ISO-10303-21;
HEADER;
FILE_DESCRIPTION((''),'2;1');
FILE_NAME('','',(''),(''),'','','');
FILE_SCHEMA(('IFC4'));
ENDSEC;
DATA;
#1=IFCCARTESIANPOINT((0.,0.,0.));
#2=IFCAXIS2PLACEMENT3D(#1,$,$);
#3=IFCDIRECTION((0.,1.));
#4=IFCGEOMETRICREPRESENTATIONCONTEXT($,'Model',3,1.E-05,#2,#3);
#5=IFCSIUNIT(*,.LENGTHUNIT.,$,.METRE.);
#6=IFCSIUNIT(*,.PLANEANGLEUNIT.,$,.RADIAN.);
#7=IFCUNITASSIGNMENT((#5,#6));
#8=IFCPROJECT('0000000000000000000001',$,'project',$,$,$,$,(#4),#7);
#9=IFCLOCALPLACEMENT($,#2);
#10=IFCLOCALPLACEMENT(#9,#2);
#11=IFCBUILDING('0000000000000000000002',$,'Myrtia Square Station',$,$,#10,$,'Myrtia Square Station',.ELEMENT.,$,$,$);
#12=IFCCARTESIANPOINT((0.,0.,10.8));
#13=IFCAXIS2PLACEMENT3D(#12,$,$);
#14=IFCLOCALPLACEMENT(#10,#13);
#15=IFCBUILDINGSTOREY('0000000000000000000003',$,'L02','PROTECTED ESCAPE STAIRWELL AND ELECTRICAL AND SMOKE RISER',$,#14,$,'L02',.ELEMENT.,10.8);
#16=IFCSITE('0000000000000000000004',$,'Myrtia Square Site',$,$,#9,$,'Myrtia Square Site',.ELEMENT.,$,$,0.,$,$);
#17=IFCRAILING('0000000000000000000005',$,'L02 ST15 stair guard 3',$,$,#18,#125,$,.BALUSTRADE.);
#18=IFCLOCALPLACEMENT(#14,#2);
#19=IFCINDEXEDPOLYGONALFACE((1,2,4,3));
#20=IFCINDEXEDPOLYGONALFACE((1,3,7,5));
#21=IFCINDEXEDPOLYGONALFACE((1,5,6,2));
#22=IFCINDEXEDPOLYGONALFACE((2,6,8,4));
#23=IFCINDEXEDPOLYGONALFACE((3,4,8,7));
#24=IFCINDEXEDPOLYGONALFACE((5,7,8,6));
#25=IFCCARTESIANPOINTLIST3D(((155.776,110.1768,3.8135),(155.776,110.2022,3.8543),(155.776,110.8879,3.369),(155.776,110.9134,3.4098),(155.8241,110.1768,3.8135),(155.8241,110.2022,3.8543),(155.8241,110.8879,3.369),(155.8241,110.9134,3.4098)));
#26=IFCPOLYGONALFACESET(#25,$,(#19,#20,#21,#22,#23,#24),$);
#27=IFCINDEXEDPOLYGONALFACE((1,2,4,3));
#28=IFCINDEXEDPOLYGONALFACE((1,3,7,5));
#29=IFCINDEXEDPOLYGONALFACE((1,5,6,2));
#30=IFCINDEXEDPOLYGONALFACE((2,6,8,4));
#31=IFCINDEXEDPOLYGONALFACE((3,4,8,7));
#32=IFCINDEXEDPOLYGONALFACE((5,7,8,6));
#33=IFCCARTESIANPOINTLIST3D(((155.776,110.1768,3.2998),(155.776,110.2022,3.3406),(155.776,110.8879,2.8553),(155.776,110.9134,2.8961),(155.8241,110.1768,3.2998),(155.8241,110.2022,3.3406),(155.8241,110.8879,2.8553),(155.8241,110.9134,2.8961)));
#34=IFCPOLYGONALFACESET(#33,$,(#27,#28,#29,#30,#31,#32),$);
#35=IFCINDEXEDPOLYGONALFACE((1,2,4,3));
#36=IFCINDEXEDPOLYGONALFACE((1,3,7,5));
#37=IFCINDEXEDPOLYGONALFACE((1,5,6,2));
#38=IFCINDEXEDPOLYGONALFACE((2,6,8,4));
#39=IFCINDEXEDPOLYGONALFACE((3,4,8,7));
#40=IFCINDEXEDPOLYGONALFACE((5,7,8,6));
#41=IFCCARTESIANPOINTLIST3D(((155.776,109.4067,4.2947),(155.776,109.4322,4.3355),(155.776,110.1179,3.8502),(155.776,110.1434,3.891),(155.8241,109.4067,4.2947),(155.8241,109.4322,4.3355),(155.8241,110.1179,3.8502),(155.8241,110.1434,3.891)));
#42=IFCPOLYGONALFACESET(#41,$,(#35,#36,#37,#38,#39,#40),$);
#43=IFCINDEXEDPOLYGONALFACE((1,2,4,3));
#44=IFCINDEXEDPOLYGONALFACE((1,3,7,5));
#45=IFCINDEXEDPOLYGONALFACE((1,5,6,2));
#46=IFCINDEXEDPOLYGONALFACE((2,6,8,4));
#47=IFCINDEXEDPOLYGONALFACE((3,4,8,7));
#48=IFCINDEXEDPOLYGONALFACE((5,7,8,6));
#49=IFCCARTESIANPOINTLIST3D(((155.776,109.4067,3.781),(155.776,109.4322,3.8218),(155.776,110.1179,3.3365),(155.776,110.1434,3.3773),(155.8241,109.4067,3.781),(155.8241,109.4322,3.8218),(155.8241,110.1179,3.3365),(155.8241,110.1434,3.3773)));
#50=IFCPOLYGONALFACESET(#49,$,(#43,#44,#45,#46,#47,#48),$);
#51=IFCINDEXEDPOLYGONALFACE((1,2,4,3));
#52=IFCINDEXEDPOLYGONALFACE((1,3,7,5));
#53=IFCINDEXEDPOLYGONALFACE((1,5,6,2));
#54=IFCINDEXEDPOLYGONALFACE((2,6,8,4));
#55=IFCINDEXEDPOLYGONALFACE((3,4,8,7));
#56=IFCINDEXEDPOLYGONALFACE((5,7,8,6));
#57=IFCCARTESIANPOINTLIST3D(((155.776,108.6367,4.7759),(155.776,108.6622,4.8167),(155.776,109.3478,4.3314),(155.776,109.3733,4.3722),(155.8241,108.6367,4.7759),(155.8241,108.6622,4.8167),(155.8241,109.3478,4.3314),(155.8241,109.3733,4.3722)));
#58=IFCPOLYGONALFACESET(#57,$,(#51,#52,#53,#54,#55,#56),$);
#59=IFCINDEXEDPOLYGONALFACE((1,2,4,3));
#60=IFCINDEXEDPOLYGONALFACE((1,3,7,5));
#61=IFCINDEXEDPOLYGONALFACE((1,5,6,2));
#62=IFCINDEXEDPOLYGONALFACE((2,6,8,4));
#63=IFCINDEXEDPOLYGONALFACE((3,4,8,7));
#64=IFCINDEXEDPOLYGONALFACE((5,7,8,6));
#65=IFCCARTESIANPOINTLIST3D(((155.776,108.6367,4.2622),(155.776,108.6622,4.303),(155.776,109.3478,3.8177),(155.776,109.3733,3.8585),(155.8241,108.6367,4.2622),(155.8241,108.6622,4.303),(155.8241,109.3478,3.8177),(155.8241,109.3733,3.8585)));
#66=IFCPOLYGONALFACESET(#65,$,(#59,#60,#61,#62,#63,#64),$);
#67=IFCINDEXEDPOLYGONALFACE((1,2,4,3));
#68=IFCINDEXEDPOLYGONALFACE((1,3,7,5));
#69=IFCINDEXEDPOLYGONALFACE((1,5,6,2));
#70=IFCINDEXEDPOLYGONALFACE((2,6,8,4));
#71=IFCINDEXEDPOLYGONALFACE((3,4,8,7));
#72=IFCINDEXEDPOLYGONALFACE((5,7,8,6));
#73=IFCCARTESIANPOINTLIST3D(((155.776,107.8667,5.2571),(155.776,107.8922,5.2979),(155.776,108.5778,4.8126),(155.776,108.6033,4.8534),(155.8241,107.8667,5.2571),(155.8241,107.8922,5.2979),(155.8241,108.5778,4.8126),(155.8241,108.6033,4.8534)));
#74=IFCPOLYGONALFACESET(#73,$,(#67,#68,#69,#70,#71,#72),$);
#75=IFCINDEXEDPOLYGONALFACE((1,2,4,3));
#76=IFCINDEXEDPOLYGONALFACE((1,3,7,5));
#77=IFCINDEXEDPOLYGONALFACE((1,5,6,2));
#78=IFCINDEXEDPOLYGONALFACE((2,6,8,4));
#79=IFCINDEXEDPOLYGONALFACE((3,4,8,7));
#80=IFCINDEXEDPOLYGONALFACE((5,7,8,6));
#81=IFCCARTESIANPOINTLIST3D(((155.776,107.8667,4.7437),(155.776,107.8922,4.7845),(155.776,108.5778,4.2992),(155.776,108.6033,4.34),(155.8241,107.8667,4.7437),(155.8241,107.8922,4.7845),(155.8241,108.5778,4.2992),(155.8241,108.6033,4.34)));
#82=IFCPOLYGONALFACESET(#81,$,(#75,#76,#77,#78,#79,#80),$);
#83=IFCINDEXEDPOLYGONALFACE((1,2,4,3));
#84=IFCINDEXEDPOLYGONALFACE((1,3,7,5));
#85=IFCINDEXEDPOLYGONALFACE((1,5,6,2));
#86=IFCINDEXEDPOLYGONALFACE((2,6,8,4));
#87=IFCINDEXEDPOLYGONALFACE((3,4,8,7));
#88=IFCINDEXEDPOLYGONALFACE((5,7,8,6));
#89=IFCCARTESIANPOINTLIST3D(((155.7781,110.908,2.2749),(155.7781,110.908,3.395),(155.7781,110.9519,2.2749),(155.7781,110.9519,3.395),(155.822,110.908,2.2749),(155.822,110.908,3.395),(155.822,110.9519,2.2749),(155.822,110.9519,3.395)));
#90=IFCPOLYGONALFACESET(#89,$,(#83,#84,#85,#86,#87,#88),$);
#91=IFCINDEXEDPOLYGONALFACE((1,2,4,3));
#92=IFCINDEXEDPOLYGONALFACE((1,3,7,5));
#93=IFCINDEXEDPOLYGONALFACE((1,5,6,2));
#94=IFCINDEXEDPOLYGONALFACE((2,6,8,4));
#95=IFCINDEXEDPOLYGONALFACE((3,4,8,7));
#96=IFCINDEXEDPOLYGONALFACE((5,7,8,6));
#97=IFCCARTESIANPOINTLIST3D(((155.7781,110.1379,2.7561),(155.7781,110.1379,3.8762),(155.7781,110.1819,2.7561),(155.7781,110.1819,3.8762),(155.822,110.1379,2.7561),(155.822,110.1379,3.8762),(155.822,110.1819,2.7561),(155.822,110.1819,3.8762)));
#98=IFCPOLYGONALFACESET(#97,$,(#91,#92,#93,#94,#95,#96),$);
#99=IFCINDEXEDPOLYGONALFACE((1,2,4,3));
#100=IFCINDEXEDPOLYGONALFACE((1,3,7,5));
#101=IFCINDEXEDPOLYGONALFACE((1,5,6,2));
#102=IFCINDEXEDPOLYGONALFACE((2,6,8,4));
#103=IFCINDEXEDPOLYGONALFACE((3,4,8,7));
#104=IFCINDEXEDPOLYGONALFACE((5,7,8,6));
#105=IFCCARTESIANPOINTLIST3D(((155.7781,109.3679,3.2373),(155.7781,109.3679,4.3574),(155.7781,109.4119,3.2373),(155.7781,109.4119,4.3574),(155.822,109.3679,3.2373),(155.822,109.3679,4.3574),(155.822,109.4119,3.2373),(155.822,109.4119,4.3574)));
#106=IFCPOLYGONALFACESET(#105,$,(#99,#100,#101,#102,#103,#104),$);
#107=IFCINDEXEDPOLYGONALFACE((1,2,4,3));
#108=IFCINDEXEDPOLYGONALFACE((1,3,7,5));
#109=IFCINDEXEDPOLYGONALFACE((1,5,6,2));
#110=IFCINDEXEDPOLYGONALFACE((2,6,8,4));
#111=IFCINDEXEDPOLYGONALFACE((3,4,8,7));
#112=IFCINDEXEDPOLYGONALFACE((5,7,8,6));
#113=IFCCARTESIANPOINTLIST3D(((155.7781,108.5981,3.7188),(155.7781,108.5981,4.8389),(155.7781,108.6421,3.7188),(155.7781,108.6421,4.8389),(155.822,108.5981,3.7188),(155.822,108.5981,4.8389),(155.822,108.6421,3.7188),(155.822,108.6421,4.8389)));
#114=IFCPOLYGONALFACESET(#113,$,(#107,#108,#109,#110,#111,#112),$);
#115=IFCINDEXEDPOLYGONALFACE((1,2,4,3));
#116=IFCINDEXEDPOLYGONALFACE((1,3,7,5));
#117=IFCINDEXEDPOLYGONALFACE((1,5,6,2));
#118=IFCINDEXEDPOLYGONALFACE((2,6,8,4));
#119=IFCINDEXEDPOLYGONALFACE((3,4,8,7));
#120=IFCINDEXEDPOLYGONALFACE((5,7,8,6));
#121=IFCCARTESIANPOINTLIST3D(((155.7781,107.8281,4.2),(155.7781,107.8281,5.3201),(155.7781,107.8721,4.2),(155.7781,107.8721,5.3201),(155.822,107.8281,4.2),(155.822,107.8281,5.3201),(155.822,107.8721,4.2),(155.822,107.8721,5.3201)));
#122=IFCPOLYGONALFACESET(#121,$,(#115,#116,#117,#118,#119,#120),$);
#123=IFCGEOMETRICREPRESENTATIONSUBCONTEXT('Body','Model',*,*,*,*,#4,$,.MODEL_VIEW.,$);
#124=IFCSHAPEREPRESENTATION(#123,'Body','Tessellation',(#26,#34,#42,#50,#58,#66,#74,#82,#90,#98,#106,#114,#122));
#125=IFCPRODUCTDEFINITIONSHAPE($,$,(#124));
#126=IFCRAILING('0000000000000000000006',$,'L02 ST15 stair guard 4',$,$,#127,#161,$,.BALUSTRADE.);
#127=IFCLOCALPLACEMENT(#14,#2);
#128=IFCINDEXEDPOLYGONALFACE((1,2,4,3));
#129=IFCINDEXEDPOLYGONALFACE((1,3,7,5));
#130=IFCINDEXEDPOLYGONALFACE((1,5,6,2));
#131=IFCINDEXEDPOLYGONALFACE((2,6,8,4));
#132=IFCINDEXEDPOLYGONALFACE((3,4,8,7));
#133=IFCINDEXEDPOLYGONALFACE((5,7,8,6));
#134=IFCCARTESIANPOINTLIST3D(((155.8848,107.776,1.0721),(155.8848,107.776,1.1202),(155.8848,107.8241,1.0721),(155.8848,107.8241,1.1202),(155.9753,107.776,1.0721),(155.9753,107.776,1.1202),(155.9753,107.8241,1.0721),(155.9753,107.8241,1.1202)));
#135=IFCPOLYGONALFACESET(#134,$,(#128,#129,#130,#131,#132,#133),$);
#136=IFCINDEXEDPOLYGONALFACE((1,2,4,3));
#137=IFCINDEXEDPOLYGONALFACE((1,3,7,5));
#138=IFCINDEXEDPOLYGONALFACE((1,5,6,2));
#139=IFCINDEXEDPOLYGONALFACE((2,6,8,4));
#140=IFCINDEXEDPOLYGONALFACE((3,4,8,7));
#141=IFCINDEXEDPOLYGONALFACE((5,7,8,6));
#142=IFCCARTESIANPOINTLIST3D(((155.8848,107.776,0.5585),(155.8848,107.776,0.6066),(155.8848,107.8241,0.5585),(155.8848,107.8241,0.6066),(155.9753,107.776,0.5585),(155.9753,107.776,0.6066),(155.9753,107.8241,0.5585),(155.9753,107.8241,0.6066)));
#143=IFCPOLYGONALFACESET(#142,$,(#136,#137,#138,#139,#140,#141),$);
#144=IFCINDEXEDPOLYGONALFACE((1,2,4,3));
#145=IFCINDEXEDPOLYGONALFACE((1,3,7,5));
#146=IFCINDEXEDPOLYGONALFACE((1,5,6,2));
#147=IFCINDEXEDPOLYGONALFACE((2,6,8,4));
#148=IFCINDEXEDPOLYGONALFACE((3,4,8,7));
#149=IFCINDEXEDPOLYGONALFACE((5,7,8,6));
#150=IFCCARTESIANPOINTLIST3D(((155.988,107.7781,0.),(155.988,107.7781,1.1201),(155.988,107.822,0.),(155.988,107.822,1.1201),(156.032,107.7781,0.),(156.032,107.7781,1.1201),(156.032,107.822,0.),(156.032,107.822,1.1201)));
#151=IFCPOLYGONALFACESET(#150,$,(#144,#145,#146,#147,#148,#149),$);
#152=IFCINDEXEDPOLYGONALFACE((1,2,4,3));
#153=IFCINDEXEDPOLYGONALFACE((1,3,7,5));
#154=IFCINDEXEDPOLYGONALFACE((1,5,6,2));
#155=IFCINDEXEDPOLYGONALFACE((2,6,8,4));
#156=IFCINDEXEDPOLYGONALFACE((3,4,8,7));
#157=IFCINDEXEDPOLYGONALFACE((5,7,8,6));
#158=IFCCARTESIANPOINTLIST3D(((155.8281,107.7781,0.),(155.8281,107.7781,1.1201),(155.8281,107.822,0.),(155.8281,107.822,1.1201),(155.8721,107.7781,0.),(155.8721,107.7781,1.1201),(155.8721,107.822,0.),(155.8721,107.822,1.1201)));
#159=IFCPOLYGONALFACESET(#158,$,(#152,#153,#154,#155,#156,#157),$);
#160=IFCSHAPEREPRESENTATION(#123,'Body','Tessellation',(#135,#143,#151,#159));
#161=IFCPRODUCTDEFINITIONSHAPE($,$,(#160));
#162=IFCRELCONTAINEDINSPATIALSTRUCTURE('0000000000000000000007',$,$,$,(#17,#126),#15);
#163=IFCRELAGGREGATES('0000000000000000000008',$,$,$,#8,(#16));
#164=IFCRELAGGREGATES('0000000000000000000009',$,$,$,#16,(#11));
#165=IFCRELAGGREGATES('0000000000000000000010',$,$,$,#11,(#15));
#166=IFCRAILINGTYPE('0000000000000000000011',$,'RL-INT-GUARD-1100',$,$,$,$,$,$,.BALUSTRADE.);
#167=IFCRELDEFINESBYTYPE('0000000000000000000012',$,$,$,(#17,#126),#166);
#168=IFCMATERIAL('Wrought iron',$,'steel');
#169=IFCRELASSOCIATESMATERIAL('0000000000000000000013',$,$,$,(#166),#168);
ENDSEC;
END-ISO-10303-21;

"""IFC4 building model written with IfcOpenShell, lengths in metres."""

from ifc_helpers import new_model, si_unit, direction, frame, origin, origin_2d, place, context, subcontext, project, spatial, rectangle, extrude, material, type_object, element, save


model = new_model("IFC4")

# Units and contexts
model_context = context("Model", 3, precision=1e-05, world=origin(), true_north=direction((0.0, 1.0)))
body_context = subcontext(model_context, "Body", "Model", "MODEL_VIEW")
ifc_project = project(units=[si_unit("LENGTHUNIT", "METRE"), si_unit("PLANEANGLEUNIT", "RADIAN")], contexts=[model_context])

# Site, building, storey
site_placement = place(None, origin())
site = spatial("IfcSite", under=ifc_project, at=site_placement, Name="Myrtia Square Site", LongName="Myrtia Square Site", CompositionType="ELEMENT", RefElevation=0.0)
building_placement = place(site_placement, origin())
building = spatial("IfcBuilding", under=site, at=building_placement, Name="Myrtia Square Station", LongName="Myrtia Square Station", CompositionType="ELEMENT")
storey_placement = place(building_placement, frame((0.0, 0.0, 10.8)))
storey = spatial("IfcBuildingStorey", under=building, at=storey_placement, Name="L02", Description="PROTECTED ESCAPE STAIRWELL AND ELECTRICAL AND SMOKE RISER", LongName="L02", CompositionType="ELEMENT", Elevation=10.8)

# Railings
ifc_material_1 = material(Name="Wrought iron", Category="steel")
railing_type_1 = type_object("IfcRailingType", Name="RL-INT-GUARD-1100", PredefinedType="BALUSTRADE", material=ifc_material_1)
railing_1_placement = place(storey_placement, frame((155.8, 110.9299, 2.2749)))
element("IfcRailing", 1, at=railing_1_placement, inside=storey, type_object=railing_type_1, Name="L02 ST15 stair guard 3", PredefinedType="BALUSTRADE", context=body_context, shape_type="SweptSolid", body=[
    extrude(rectangle(XDim=0.0481, YDim=0.0481, at=origin_2d()), frame((0.0, -0.0293, 1.1145), z_axis=(0.0, -0.847979, 0.530029), x_axis=(1.0, 0.0, 0.0)), (0.0, 0.0, 1.0), 0.8386),
    extrude(rectangle(XDim=0.0481, YDim=0.0481, at=origin_2d()), frame((0.0, -0.0293, 0.6008), z_axis=(0.0, -0.847979, 0.530029), x_axis=(1.0, 0.0, 0.0)), (0.0, 0.0, 1.0), 0.8386),
    extrude(rectangle(XDim=0.0481, YDim=0.0481, at=origin_2d()), frame((0.0, -0.7993, 1.5957), z_axis=(0.0, -0.847979, 0.530029), x_axis=(1.0, 0.0, 0.0)), (0.0, 0.0, 1.0), 0.8386),
    extrude(rectangle(XDim=0.0481, YDim=0.0481, at=origin_2d()), frame((0.0, -0.7993, 1.082), z_axis=(0.0, -0.847979, 0.530029), x_axis=(1.0, 0.0, 0.0)), (0.0, 0.0, 1.0), 0.8386),
    extrude(rectangle(XDim=0.0481, YDim=0.0481, at=origin_2d()), frame((0.0, -1.5693, 2.0769), z_axis=(0.0, -0.847979, 0.530029), x_axis=(1.0, 0.0, 0.0)), (0.0, 0.0, 1.0), 0.8386),
    extrude(rectangle(XDim=0.0481, YDim=0.0481, at=origin_2d()), frame((0.0, -1.5693, 1.5632), z_axis=(0.0, -0.847979, 0.530029), x_axis=(1.0, 0.0, 0.0)), (0.0, 0.0, 1.0), 0.8386),
    extrude(rectangle(XDim=0.0481, YDim=0.0481, at=origin_2d()), frame((0.0, -2.3394, 2.5581), z_axis=(0.0, -0.847979, 0.530029), x_axis=(1.0, 0.0, 0.0)), (0.0, 0.0, 1.0), 0.8386),
    extrude(rectangle(XDim=0.0481, YDim=0.0481, at=origin_2d()), frame((0.0, -2.3394, 2.0447), z_axis=(0.0, -0.847979, 0.530029), x_axis=(1.0, 0.0, 0.0)), (0.0, 0.0, 1.0), 0.8386),
    extrude(rectangle(XDim=0.0439, YDim=0.0439, at=origin_2d()), origin(), (0.0, 0.0, 1.0), 1.1201),
    extrude(rectangle(XDim=0.0439, YDim=0.0439, at=origin_2d()), frame((0.0, -0.77, 0.4812)), (0.0, 0.0, 1.0), 1.1201),
    extrude(rectangle(XDim=0.0439, YDim=0.0439, at=origin_2d()), frame((0.0, -1.54, 0.9624)), (0.0, 0.0, 1.0), 1.1201),
    extrude(rectangle(XDim=0.0439, YDim=0.0439, at=origin_2d()), frame((0.0, -2.3098, 1.4438)), (0.0, 0.0, 1.0), 1.1201),
    extrude(rectangle(XDim=0.0439, YDim=0.0439, at=origin_2d()), frame((0.0, -3.0798, 1.925)), (0.0, 0.0, 1.0), 1.1201),
])
railing_2_placement = place(storey_placement, frame((156.01, 107.8, 0.0)))
element("IfcRailing", 2, at=railing_2_placement, inside=storey, type_object=railing_type_1, Name="L02 ST15 stair guard 4", PredefinedType="BALUSTRADE", context=body_context, shape_type="SweptSolid", body=[
    extrude(rectangle(XDim=0.0481, YDim=0.0481, at=origin_2d()), frame((-0.0347, 0.0, 1.0962), z_axis=(-1.0, 0.0, 0.0), x_axis=(0.0, -1.0, 0.0)), (0.0, 0.0, 1.0), 0.0906),
    extrude(rectangle(XDim=0.0481, YDim=0.0481, at=origin_2d()), frame((-0.0347, 0.0, 0.5825), z_axis=(-1.0, 0.0, 0.0), x_axis=(0.0, -1.0, 0.0)), (0.0, 0.0, 1.0), 0.0906),
    extrude(rectangle(XDim=0.0439, YDim=0.0439, at=origin_2d()), origin(), (0.0, 0.0, 1.0), 1.1201),
    extrude(rectangle(XDim=0.0439, YDim=0.0439, at=origin_2d()), frame((-0.1599, 0.0, 0.0)), (0.0, 0.0, 1.0), 1.1201),
])

save(model, "model.ifc")
